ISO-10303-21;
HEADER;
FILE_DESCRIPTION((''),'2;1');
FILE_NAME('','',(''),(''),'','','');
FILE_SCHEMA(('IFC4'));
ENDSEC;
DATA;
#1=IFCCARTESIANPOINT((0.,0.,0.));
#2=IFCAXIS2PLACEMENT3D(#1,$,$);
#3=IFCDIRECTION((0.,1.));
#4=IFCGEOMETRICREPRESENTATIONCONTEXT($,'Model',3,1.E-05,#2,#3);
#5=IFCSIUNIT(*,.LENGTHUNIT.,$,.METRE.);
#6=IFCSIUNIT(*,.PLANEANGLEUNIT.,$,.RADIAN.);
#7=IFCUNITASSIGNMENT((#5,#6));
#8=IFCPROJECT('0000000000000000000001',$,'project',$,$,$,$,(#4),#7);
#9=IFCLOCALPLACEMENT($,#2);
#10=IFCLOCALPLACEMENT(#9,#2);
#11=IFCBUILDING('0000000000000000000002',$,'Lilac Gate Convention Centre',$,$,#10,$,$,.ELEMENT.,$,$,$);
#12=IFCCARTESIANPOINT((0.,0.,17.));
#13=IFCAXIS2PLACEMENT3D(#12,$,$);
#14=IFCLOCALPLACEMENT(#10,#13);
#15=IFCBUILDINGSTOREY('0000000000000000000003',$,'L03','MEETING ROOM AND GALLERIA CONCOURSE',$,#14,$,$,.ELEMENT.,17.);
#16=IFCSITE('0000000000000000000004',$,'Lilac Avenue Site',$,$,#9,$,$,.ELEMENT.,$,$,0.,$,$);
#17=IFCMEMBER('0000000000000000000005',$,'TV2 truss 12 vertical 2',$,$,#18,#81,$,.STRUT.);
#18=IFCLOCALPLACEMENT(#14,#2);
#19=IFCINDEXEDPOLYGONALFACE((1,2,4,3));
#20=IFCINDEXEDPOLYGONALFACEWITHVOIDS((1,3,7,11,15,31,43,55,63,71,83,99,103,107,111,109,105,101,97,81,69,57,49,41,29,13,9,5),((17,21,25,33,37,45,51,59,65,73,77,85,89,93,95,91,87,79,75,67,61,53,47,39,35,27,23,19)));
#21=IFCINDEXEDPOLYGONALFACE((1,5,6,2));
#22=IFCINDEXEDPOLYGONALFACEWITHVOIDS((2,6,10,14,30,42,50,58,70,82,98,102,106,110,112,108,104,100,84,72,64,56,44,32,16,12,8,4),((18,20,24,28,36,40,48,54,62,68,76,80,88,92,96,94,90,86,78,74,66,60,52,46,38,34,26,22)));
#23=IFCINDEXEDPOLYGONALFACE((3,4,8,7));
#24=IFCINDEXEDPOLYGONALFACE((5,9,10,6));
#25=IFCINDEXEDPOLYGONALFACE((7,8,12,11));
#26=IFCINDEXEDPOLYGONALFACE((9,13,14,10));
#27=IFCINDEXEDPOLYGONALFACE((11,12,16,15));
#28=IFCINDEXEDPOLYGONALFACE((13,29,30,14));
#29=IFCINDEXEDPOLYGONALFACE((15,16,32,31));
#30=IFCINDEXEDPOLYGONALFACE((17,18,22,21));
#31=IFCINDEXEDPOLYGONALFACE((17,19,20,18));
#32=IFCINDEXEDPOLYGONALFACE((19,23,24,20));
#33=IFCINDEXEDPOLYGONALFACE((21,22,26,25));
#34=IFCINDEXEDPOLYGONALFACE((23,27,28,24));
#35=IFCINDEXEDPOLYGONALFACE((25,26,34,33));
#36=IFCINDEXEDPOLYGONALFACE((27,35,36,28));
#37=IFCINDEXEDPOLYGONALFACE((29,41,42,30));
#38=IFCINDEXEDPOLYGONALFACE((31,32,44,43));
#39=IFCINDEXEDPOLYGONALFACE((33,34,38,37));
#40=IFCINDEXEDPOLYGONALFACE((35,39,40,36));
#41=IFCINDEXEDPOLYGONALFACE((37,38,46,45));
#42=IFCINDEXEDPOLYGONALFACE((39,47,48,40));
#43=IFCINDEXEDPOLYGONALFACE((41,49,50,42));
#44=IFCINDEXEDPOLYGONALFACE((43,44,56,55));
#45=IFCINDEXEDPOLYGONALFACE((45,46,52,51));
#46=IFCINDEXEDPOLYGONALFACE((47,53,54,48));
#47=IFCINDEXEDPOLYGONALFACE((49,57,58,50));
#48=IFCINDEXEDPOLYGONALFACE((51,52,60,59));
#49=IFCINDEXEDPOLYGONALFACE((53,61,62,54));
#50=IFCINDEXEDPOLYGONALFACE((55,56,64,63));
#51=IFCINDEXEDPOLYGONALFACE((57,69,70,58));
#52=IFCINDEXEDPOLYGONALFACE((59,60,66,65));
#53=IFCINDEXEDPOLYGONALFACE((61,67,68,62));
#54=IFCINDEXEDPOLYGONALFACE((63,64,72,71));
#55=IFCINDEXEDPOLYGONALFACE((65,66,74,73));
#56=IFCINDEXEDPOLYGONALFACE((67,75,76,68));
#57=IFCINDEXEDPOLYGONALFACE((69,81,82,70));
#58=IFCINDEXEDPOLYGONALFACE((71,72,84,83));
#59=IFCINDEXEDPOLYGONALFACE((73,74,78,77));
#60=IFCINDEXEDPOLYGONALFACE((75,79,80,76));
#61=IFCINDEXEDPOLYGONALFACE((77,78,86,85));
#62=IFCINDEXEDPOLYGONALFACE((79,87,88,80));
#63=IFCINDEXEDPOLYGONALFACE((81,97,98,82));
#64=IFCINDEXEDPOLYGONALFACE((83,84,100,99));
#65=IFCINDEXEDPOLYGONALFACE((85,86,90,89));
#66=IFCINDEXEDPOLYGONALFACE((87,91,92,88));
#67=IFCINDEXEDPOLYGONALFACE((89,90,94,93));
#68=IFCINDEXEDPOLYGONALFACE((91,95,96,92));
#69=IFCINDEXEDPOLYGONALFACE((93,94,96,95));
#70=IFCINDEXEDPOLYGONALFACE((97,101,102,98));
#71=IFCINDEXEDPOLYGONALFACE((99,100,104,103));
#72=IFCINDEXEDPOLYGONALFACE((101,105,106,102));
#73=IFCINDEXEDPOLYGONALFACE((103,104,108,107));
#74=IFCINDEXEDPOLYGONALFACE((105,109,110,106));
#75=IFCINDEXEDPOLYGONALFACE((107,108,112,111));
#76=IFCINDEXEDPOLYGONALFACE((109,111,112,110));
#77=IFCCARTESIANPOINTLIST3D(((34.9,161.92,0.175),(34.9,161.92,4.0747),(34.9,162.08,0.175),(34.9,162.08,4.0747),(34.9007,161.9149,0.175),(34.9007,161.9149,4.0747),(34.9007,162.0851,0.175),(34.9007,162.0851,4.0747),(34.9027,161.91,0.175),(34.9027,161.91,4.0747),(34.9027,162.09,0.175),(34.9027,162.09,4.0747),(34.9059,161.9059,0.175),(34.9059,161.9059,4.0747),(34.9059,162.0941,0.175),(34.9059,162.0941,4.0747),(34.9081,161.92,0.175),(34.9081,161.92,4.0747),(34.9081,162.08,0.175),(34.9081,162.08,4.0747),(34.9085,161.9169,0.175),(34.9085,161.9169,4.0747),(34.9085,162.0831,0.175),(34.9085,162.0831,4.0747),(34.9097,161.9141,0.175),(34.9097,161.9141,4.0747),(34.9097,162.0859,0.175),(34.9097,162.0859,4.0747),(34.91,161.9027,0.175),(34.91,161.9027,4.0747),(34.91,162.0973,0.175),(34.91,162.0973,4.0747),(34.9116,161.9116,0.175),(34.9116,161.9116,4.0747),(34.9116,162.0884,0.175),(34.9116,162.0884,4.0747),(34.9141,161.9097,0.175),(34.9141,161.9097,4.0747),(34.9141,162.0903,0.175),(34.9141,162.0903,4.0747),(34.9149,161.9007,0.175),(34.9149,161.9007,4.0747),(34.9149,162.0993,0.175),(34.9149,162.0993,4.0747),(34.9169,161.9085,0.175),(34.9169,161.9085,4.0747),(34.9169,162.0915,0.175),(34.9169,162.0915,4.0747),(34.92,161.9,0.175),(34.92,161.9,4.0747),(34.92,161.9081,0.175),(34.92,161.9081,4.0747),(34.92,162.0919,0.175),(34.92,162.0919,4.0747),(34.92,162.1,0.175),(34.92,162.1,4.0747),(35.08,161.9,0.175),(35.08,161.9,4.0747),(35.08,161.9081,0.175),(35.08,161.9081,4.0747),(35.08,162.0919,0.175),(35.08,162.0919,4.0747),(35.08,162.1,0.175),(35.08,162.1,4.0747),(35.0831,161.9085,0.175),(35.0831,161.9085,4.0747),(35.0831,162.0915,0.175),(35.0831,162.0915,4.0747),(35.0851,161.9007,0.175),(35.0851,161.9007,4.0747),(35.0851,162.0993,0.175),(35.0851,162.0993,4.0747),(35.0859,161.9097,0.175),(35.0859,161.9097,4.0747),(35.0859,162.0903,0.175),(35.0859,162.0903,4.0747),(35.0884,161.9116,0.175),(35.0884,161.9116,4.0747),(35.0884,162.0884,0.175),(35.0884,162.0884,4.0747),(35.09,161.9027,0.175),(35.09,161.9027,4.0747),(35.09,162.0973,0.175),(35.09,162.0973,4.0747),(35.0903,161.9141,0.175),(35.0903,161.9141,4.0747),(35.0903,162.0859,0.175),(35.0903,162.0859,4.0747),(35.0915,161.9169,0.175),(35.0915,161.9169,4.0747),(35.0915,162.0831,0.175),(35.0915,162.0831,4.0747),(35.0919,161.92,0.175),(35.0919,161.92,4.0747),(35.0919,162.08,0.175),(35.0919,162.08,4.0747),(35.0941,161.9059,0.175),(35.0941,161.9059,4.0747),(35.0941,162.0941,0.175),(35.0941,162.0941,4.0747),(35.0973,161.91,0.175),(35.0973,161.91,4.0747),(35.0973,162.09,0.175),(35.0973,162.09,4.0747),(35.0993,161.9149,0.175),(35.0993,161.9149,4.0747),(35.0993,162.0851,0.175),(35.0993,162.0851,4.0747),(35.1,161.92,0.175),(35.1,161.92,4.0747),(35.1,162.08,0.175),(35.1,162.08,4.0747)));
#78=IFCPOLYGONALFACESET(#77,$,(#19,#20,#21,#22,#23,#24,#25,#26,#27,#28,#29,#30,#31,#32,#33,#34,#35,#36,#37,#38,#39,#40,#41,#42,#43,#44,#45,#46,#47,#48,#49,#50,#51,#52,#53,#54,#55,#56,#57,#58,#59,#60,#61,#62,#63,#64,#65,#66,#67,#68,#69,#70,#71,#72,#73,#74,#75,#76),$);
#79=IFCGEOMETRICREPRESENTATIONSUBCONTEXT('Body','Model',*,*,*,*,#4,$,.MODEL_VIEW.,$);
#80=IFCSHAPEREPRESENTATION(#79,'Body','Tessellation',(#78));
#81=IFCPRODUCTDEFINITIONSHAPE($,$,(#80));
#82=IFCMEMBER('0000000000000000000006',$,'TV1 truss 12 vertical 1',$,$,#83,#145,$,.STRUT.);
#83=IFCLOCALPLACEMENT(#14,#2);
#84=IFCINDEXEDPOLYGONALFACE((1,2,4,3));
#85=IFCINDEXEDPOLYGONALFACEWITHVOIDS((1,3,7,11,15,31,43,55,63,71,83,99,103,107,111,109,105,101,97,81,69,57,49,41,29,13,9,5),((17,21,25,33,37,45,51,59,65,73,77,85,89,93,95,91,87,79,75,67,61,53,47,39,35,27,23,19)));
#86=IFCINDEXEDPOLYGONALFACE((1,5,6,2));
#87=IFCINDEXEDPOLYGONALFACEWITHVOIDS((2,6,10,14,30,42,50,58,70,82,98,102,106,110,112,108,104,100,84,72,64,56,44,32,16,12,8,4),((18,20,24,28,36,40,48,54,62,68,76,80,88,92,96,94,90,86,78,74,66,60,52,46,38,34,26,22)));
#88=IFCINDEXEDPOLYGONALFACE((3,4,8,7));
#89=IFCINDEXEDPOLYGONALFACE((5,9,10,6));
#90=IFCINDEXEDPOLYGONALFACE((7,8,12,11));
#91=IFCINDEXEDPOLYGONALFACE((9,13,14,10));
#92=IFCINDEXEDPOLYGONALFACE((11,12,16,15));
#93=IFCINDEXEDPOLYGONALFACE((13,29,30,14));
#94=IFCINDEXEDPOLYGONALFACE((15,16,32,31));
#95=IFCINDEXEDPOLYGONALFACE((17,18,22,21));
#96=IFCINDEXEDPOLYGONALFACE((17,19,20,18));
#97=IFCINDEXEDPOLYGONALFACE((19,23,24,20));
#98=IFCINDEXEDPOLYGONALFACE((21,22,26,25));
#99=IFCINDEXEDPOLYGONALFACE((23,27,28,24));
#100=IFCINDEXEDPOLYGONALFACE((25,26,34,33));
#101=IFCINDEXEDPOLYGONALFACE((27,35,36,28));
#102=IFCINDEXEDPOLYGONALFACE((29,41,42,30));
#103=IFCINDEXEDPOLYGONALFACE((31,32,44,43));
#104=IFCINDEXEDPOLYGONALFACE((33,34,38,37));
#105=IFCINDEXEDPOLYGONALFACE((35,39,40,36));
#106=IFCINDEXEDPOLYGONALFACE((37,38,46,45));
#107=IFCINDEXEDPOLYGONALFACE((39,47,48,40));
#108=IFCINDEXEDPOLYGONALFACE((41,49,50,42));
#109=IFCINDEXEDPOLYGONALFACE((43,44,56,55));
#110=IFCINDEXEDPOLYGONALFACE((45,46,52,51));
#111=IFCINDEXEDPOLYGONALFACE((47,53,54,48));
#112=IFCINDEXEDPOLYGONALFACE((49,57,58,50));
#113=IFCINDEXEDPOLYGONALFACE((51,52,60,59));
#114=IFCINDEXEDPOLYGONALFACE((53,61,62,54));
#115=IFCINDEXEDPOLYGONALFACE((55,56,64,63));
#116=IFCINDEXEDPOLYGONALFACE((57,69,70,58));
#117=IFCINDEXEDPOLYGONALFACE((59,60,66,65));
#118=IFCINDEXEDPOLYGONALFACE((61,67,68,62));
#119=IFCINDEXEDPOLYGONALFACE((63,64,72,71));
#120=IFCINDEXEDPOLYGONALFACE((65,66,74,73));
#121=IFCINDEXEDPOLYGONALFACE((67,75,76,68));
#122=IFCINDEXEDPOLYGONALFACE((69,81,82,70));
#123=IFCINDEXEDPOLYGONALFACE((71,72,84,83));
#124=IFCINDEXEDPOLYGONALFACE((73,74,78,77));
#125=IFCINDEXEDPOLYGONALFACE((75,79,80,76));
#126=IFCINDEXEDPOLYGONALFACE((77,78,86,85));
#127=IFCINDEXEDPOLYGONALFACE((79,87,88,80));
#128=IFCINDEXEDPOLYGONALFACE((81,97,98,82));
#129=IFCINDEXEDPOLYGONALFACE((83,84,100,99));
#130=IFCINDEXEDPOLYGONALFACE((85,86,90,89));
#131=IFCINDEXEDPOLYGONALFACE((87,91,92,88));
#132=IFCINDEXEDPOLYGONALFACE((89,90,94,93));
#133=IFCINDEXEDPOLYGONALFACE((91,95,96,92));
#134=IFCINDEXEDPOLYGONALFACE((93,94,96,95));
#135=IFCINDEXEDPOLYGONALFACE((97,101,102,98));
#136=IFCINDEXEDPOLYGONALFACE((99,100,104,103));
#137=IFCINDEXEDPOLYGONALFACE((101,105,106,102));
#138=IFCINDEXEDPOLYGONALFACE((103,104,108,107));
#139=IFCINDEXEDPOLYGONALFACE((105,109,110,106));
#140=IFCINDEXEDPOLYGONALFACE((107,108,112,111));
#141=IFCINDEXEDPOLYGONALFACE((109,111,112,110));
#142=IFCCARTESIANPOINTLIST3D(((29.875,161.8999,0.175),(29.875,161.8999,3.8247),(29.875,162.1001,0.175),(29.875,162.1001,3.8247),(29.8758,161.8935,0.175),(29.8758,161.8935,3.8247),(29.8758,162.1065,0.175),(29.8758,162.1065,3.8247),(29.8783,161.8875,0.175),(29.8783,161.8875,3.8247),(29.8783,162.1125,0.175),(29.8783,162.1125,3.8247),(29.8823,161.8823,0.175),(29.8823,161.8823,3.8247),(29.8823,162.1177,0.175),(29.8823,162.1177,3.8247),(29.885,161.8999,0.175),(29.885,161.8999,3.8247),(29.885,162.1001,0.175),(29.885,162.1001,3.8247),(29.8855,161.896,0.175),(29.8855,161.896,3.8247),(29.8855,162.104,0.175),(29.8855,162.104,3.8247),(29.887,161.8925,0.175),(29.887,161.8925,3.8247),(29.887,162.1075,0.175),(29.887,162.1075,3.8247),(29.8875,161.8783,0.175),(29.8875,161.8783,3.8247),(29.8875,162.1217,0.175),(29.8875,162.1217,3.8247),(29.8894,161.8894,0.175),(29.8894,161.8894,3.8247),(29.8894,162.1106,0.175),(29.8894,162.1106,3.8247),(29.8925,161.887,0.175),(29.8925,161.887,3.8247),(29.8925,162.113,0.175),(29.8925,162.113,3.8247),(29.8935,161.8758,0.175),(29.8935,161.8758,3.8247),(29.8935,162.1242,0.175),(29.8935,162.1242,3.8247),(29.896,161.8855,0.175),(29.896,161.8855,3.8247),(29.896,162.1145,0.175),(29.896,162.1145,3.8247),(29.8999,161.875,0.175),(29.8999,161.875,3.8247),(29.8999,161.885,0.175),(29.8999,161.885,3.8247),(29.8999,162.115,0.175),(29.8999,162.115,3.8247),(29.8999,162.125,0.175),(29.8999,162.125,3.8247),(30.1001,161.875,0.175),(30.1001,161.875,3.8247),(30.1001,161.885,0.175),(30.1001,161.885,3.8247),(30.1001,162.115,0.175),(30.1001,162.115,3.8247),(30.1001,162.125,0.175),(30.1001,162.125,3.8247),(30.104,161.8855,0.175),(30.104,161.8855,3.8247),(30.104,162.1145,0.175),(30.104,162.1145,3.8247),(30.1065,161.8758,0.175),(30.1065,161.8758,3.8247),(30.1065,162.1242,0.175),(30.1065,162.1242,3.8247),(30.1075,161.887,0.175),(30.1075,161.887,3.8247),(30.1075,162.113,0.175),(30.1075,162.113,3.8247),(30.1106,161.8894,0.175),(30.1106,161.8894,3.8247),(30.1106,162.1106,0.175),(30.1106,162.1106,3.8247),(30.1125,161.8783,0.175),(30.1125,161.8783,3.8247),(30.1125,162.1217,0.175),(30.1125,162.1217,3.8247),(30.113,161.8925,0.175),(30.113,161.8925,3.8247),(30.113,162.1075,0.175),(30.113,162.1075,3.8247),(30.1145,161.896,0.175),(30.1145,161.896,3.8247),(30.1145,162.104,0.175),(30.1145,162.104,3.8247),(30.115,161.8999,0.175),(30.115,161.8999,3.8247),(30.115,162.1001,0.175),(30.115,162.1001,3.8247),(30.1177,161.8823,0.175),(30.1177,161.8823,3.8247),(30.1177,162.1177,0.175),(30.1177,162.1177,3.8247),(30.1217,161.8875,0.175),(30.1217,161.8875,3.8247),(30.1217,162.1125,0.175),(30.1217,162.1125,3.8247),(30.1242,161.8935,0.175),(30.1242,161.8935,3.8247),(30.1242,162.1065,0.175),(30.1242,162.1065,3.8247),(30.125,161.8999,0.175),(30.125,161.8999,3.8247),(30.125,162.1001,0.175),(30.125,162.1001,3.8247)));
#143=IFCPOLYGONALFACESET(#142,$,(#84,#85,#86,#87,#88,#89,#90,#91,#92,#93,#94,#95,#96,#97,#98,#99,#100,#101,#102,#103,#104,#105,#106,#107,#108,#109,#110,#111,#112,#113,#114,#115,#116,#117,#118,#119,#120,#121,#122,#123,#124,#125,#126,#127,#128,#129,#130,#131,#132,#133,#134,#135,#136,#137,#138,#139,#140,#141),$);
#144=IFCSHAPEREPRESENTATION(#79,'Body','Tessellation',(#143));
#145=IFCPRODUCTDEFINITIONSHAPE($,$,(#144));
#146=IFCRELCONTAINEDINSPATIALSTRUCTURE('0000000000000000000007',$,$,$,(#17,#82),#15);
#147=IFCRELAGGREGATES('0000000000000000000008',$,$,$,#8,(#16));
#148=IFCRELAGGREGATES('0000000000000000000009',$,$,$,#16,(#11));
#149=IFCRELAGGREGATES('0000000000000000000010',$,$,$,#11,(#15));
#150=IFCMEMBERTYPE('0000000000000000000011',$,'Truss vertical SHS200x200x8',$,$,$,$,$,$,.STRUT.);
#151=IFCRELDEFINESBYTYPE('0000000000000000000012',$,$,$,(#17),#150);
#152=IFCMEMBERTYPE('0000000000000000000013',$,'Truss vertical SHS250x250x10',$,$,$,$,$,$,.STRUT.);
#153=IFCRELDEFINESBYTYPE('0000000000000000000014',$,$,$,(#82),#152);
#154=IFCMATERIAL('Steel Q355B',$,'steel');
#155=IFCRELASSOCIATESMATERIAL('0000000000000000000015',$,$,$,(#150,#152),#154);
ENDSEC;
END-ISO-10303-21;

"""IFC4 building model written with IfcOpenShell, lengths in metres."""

from ifc_helpers import new_model, si_unit, direction, frame, origin, origin_2d, place, context, subcontext, project, spatial, hollow_rectangle, extrude, material, material_profile, profile_set, type_object, element, save


model = new_model("IFC4")

# Units and contexts
model_context = context("Model", 3, precision=1e-05, world=origin(), true_north=direction((0.0, 1.0)))
body_context = subcontext(model_context, "Body", "Model", "MODEL_VIEW")
ifc_project = project(units=[si_unit("LENGTHUNIT", "METRE"), si_unit("PLANEANGLEUNIT", "RADIAN")], contexts=[model_context])

# Site, building, storey
site_placement = place(None, origin())
site = spatial("IfcSite", under=ifc_project, at=site_placement, Name="Lilac Avenue Site", CompositionType="ELEMENT", RefElevation=0.0)
building_placement = place(site_placement, origin())
building = spatial("IfcBuilding", under=site, at=building_placement, Name="Lilac Gate Convention Centre", CompositionType="ELEMENT")
storey_placement = place(building_placement, frame((0.0, 0.0, 17.0)))
storey = spatial("IfcBuildingStorey", under=building, at=storey_placement, Name="L03", Description="MEETING ROOM AND GALLERIA CONCOURSE", CompositionType="ELEMENT", Elevation=17.0)

# Shared definitions
ifc_material = material(Name="Steel Q355B", Category="steel")

# Members
ifc_material_profile_1 = material_profile(ifc_material, hollow_rectangle(XDim=0.2, YDim=0.2, WallThickness=0.0081, InnerFilletRadius=0.012, OuterFilletRadius=0.02, at=origin_2d()), Name="SHS200x200x8")
ifc_profile_set_1 = profile_set([ifc_material_profile_1], Name="Steel Q355B")
member_type_1 = type_object("IfcMemberType", Name="Truss vertical SHS200x200x8", PredefinedType="STRUT", material=ifc_profile_set_1)
member_1_placement = place(storey_placement, frame((35.0, 162.0, 0.175), z_axis=(0.0, 0.0, 1.0), x_axis=(1.0, 0.0, 0.0)))
element("IfcMember", 1, at=member_1_placement, inside=storey, type_object=member_type_1, Name="TV2 truss 12 vertical 2", PredefinedType="STRUT", context=body_context, shape_type="SweptSolid", body=[
    extrude(hollow_rectangle(XDim=0.2, YDim=0.2, WallThickness=0.0081, InnerFilletRadius=0.012, OuterFilletRadius=0.02, at=origin_2d()), origin(), (0.0, 0.0, 1.0), 3.8997),
])
ifc_material_profile_2 = material_profile(ifc_material, hollow_rectangle(XDim=0.25, YDim=0.25, WallThickness=0.01, InnerFilletRadius=0.0149, OuterFilletRadius=0.0249, at=origin_2d()), Name="SHS250x250x10")
ifc_profile_set_2 = profile_set([ifc_material_profile_2], Name="Steel Q355B")
member_type_2 = type_object("IfcMemberType", Name="Truss vertical SHS250x250x10", PredefinedType="STRUT", material=ifc_profile_set_2)
member_2_placement = place(storey_placement, frame((30.0, 162.0, 0.175), z_axis=(0.0, 0.0, 1.0), x_axis=(1.0, 0.0, 0.0)))
element("IfcMember", 2, at=member_2_placement, inside=storey, type_object=member_type_2, Name="TV1 truss 12 vertical 1", PredefinedType="STRUT", context=body_context, shape_type="SweptSolid", body=[
    extrude(hollow_rectangle(XDim=0.25, YDim=0.25, WallThickness=0.01, InnerFilletRadius=0.0149, OuterFilletRadius=0.0249, at=origin_2d()), origin(), (0.0, 0.0, 1.0), 3.6497),
])

save(model, "model.ifc")
